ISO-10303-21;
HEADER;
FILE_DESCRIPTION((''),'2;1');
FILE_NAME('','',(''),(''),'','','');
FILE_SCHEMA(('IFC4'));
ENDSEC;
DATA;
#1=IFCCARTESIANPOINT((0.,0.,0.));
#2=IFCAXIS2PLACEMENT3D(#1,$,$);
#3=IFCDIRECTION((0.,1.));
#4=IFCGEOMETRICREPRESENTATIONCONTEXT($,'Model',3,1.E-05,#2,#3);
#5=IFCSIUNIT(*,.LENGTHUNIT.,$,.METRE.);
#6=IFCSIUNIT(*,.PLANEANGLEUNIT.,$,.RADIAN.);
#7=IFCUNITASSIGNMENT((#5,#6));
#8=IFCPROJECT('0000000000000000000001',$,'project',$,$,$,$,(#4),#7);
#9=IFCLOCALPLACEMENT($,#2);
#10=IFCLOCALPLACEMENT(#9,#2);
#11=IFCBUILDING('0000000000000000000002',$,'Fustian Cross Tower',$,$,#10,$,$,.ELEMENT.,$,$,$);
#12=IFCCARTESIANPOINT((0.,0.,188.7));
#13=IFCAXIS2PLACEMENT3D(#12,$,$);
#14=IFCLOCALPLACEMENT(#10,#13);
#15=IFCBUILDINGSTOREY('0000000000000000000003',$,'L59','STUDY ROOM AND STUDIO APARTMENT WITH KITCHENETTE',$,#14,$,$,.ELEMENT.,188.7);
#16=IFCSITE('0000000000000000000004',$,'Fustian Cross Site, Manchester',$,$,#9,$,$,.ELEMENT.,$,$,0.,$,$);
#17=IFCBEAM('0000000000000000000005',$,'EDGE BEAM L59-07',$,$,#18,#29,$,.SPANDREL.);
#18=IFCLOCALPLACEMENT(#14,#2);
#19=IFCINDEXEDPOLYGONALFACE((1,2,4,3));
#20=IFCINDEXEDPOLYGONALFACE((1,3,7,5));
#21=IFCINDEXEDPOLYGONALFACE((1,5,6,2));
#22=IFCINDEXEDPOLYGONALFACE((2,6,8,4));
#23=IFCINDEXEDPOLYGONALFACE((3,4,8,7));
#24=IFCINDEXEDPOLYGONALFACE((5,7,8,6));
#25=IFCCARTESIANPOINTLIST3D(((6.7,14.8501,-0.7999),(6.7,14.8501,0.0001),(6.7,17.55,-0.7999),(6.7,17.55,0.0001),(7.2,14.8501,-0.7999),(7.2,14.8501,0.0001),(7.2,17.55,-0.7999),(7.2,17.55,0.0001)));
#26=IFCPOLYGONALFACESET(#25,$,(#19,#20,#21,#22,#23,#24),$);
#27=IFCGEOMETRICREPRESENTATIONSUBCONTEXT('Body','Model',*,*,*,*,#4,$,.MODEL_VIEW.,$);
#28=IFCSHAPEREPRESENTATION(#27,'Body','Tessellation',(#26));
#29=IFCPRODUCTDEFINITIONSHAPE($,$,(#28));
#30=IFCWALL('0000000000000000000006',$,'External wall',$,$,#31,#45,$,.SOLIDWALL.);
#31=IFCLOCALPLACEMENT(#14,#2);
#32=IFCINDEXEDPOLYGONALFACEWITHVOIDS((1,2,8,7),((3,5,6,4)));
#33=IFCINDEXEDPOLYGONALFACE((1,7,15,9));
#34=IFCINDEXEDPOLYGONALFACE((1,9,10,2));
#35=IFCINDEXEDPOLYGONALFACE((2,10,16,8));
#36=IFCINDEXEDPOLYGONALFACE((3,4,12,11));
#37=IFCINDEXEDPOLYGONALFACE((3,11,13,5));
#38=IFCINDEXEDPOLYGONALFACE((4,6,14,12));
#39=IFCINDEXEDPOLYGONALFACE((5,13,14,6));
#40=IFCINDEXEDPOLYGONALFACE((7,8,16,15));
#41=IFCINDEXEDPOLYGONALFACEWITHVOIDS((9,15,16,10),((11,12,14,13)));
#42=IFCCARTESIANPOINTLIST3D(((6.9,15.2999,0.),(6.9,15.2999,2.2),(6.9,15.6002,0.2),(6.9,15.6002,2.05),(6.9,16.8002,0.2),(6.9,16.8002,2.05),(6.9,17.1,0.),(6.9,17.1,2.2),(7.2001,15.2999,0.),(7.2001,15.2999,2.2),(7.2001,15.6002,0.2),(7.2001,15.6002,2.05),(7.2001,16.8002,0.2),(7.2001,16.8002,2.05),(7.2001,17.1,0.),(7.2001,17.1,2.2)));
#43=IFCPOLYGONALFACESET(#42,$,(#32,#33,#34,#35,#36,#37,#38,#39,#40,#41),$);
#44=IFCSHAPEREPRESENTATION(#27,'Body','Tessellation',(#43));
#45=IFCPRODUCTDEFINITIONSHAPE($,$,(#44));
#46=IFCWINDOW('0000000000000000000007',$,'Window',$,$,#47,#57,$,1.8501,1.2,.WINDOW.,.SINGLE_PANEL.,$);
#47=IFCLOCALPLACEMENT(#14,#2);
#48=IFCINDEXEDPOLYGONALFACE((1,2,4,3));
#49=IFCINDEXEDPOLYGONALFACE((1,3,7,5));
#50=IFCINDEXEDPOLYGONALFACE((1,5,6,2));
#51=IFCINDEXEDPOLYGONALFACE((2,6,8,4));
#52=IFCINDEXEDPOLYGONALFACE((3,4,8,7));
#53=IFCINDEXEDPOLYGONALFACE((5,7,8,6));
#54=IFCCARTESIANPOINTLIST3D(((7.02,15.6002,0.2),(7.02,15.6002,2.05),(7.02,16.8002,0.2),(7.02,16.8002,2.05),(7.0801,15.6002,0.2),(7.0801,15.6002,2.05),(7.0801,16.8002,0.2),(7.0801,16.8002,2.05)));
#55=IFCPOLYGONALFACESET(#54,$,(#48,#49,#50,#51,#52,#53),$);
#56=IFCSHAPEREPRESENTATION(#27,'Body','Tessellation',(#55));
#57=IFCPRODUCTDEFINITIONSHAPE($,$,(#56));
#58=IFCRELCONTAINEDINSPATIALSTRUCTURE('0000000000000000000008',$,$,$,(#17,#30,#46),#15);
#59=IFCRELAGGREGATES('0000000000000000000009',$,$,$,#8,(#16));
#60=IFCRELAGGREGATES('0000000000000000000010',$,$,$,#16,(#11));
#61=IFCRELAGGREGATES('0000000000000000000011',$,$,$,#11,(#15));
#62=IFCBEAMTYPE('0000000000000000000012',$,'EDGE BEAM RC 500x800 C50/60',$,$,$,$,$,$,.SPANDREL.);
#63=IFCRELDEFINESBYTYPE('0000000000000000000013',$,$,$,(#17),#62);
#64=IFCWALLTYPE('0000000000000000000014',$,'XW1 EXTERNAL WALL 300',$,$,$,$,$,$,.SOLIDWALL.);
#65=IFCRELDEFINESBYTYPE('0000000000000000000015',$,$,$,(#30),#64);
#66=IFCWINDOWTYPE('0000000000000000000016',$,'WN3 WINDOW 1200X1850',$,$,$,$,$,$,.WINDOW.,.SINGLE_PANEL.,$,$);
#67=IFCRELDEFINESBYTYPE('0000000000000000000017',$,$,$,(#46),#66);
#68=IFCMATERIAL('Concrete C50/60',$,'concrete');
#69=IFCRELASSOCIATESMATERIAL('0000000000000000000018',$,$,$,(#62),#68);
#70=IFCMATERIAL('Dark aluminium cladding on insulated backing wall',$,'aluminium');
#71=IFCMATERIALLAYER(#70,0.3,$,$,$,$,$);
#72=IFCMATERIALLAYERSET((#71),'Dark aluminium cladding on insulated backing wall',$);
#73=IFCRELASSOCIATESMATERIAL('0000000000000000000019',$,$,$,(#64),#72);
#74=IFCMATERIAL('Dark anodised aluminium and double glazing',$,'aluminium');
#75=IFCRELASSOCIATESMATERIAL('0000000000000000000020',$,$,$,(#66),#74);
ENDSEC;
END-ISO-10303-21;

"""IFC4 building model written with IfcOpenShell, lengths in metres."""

from ifc_helpers import new_model, si_unit, direction, frame, frame_2d, origin, origin_2d, place, context, subcontext, project, spatial, rectangle, extrude, material, layer, layer_set, material_profile, profile_set, type_object, element, fill, save


model = new_model("IFC4")

# Units and contexts
model_context = context("Model", 3, precision=1e-05, world=origin(), true_north=direction((0.0, 1.0)))
body_context = subcontext(model_context, "Body", "Model", "MODEL_VIEW")
ifc_project = project(units=[si_unit("LENGTHUNIT", "METRE"), si_unit("PLANEANGLEUNIT", "RADIAN")], contexts=[model_context])

# Site, building, storey
site_placement = place(None, origin())
site = spatial("IfcSite", under=ifc_project, at=site_placement, Name="Fustian Cross Site, Manchester", CompositionType="ELEMENT", RefElevation=0.0)
building_placement = place(site_placement, origin())
building = spatial("IfcBuilding", under=site, at=building_placement, Name="Fustian Cross Tower", CompositionType="ELEMENT")
storey_placement = place(building_placement, frame((0.0, 0.0, 188.7)))
storey = spatial("IfcBuildingStorey", under=building, at=storey_placement, Name="L59", Description="STUDY ROOM AND STUDIO APARTMENT WITH KITCHENETTE", CompositionType="ELEMENT", Elevation=188.7)

# Beam
ifc_material_1 = material(Name="Concrete C50/60", Category="concrete")
ifc_material_profile_1 = material_profile(ifc_material_1, rectangle(XDim=0.5, YDim=0.8, at=origin_2d()), Name="RC 500x800")
ifc_profile_set_1 = profile_set([ifc_material_profile_1], Name="Concrete C50/60")
beam_type = type_object("IfcBeamType", Name="EDGE BEAM RC 500x800 C50/60", PredefinedType="SPANDREL", material=ifc_profile_set_1)
beam_placement = place(storey_placement, frame((6.95, 14.8501, -0.3999), z_axis=(0.0, 1.0, 0.0), x_axis=(-1.0, 0.0, 0.0)))
element("IfcBeam", 1, at=beam_placement, inside=storey, type_object=beam_type, Name="EDGE BEAM L59-07", PredefinedType="SPANDREL", context=body_context, shape_type="SweptSolid", body=[
    extrude(rectangle(XDim=0.5, YDim=0.8, at=origin_2d()), origin(), (0.0, 0.0, 1.0), 2.7),
])

# Wall, opening, window
ifc_material_2 = material(Name="Dark aluminium cladding on insulated backing wall", Category="aluminium")
ifc_layer = layer(ifc_material_2, 0.3)
ifc_layer_set = layer_set([ifc_layer], Name="Dark aluminium cladding on insulated backing wall")
wall_type = type_object("IfcWallType", Name="XW1 EXTERNAL WALL 300", PredefinedType="SOLIDWALL", material=ifc_layer_set)
wall_placement = place(storey_placement, frame((7.05, 15.3, 0.0), z_axis=(0.0, 0.0, 1.0), x_axis=(0.0, 1.0, 0.0)))
wall = element("IfcWall", 2, at=wall_placement, inside=storey, type_object=wall_type, Name="External wall", PredefinedType="SOLIDWALL", context=body_context, shape_type="SweptSolid", body=[
    extrude(rectangle(XDim=1.8, YDim=0.3, at=frame_2d((0.8999, 0.0))), origin(), (0.0, 0.0, 1.0), 2.2),
])
opening_placement = place(wall_placement, frame((0.3, 0.0, 0.2)))
opening = element("IfcOpeningElement", 3, at=opening_placement, cuts=wall, PredefinedType="OPENING", context=body_context, shape_type="SweptSolid", body=[
    extrude(rectangle(XDim=1.2, YDim=1.8501, at=frame_2d((0.6001, 0.925))), frame((0.0, 0.1599, 0.0), z_axis=(0.0, -1.0, 0.0), x_axis=(1.0, 0.0, 0.0)), (0.0, 0.0, 1.0), 0.3201),
])
ifc_material_3 = material(Name="Dark anodised aluminium and double glazing", Category="aluminium")
window_type = type_object("IfcWindowType", Name="WN3 WINDOW 1200X1850", PartitioningType="SINGLE_PANEL", PredefinedType="WINDOW", material=ifc_material_3)
window_placement = place(opening_placement, origin())
window = element("IfcWindow", 4, at=window_placement, inside=storey, type_object=window_type, Name="Window", OverallHeight=1.8501, OverallWidth=1.2, PartitioningType="SINGLE_PANEL", PredefinedType="WINDOW", context=body_context, shape_type="SweptSolid", body=[
    extrude(rectangle(XDim=1.2, YDim=1.8501, at=frame_2d((0.6001, 0.925))), frame((0.0, 0.03, 0.0), z_axis=(0.0, -1.0, 0.0), x_axis=(1.0, 0.0, 0.0)), (0.0, 0.0, 1.0), 0.0601),
])
fill(opening, window)

save(model, "model.ifc")
